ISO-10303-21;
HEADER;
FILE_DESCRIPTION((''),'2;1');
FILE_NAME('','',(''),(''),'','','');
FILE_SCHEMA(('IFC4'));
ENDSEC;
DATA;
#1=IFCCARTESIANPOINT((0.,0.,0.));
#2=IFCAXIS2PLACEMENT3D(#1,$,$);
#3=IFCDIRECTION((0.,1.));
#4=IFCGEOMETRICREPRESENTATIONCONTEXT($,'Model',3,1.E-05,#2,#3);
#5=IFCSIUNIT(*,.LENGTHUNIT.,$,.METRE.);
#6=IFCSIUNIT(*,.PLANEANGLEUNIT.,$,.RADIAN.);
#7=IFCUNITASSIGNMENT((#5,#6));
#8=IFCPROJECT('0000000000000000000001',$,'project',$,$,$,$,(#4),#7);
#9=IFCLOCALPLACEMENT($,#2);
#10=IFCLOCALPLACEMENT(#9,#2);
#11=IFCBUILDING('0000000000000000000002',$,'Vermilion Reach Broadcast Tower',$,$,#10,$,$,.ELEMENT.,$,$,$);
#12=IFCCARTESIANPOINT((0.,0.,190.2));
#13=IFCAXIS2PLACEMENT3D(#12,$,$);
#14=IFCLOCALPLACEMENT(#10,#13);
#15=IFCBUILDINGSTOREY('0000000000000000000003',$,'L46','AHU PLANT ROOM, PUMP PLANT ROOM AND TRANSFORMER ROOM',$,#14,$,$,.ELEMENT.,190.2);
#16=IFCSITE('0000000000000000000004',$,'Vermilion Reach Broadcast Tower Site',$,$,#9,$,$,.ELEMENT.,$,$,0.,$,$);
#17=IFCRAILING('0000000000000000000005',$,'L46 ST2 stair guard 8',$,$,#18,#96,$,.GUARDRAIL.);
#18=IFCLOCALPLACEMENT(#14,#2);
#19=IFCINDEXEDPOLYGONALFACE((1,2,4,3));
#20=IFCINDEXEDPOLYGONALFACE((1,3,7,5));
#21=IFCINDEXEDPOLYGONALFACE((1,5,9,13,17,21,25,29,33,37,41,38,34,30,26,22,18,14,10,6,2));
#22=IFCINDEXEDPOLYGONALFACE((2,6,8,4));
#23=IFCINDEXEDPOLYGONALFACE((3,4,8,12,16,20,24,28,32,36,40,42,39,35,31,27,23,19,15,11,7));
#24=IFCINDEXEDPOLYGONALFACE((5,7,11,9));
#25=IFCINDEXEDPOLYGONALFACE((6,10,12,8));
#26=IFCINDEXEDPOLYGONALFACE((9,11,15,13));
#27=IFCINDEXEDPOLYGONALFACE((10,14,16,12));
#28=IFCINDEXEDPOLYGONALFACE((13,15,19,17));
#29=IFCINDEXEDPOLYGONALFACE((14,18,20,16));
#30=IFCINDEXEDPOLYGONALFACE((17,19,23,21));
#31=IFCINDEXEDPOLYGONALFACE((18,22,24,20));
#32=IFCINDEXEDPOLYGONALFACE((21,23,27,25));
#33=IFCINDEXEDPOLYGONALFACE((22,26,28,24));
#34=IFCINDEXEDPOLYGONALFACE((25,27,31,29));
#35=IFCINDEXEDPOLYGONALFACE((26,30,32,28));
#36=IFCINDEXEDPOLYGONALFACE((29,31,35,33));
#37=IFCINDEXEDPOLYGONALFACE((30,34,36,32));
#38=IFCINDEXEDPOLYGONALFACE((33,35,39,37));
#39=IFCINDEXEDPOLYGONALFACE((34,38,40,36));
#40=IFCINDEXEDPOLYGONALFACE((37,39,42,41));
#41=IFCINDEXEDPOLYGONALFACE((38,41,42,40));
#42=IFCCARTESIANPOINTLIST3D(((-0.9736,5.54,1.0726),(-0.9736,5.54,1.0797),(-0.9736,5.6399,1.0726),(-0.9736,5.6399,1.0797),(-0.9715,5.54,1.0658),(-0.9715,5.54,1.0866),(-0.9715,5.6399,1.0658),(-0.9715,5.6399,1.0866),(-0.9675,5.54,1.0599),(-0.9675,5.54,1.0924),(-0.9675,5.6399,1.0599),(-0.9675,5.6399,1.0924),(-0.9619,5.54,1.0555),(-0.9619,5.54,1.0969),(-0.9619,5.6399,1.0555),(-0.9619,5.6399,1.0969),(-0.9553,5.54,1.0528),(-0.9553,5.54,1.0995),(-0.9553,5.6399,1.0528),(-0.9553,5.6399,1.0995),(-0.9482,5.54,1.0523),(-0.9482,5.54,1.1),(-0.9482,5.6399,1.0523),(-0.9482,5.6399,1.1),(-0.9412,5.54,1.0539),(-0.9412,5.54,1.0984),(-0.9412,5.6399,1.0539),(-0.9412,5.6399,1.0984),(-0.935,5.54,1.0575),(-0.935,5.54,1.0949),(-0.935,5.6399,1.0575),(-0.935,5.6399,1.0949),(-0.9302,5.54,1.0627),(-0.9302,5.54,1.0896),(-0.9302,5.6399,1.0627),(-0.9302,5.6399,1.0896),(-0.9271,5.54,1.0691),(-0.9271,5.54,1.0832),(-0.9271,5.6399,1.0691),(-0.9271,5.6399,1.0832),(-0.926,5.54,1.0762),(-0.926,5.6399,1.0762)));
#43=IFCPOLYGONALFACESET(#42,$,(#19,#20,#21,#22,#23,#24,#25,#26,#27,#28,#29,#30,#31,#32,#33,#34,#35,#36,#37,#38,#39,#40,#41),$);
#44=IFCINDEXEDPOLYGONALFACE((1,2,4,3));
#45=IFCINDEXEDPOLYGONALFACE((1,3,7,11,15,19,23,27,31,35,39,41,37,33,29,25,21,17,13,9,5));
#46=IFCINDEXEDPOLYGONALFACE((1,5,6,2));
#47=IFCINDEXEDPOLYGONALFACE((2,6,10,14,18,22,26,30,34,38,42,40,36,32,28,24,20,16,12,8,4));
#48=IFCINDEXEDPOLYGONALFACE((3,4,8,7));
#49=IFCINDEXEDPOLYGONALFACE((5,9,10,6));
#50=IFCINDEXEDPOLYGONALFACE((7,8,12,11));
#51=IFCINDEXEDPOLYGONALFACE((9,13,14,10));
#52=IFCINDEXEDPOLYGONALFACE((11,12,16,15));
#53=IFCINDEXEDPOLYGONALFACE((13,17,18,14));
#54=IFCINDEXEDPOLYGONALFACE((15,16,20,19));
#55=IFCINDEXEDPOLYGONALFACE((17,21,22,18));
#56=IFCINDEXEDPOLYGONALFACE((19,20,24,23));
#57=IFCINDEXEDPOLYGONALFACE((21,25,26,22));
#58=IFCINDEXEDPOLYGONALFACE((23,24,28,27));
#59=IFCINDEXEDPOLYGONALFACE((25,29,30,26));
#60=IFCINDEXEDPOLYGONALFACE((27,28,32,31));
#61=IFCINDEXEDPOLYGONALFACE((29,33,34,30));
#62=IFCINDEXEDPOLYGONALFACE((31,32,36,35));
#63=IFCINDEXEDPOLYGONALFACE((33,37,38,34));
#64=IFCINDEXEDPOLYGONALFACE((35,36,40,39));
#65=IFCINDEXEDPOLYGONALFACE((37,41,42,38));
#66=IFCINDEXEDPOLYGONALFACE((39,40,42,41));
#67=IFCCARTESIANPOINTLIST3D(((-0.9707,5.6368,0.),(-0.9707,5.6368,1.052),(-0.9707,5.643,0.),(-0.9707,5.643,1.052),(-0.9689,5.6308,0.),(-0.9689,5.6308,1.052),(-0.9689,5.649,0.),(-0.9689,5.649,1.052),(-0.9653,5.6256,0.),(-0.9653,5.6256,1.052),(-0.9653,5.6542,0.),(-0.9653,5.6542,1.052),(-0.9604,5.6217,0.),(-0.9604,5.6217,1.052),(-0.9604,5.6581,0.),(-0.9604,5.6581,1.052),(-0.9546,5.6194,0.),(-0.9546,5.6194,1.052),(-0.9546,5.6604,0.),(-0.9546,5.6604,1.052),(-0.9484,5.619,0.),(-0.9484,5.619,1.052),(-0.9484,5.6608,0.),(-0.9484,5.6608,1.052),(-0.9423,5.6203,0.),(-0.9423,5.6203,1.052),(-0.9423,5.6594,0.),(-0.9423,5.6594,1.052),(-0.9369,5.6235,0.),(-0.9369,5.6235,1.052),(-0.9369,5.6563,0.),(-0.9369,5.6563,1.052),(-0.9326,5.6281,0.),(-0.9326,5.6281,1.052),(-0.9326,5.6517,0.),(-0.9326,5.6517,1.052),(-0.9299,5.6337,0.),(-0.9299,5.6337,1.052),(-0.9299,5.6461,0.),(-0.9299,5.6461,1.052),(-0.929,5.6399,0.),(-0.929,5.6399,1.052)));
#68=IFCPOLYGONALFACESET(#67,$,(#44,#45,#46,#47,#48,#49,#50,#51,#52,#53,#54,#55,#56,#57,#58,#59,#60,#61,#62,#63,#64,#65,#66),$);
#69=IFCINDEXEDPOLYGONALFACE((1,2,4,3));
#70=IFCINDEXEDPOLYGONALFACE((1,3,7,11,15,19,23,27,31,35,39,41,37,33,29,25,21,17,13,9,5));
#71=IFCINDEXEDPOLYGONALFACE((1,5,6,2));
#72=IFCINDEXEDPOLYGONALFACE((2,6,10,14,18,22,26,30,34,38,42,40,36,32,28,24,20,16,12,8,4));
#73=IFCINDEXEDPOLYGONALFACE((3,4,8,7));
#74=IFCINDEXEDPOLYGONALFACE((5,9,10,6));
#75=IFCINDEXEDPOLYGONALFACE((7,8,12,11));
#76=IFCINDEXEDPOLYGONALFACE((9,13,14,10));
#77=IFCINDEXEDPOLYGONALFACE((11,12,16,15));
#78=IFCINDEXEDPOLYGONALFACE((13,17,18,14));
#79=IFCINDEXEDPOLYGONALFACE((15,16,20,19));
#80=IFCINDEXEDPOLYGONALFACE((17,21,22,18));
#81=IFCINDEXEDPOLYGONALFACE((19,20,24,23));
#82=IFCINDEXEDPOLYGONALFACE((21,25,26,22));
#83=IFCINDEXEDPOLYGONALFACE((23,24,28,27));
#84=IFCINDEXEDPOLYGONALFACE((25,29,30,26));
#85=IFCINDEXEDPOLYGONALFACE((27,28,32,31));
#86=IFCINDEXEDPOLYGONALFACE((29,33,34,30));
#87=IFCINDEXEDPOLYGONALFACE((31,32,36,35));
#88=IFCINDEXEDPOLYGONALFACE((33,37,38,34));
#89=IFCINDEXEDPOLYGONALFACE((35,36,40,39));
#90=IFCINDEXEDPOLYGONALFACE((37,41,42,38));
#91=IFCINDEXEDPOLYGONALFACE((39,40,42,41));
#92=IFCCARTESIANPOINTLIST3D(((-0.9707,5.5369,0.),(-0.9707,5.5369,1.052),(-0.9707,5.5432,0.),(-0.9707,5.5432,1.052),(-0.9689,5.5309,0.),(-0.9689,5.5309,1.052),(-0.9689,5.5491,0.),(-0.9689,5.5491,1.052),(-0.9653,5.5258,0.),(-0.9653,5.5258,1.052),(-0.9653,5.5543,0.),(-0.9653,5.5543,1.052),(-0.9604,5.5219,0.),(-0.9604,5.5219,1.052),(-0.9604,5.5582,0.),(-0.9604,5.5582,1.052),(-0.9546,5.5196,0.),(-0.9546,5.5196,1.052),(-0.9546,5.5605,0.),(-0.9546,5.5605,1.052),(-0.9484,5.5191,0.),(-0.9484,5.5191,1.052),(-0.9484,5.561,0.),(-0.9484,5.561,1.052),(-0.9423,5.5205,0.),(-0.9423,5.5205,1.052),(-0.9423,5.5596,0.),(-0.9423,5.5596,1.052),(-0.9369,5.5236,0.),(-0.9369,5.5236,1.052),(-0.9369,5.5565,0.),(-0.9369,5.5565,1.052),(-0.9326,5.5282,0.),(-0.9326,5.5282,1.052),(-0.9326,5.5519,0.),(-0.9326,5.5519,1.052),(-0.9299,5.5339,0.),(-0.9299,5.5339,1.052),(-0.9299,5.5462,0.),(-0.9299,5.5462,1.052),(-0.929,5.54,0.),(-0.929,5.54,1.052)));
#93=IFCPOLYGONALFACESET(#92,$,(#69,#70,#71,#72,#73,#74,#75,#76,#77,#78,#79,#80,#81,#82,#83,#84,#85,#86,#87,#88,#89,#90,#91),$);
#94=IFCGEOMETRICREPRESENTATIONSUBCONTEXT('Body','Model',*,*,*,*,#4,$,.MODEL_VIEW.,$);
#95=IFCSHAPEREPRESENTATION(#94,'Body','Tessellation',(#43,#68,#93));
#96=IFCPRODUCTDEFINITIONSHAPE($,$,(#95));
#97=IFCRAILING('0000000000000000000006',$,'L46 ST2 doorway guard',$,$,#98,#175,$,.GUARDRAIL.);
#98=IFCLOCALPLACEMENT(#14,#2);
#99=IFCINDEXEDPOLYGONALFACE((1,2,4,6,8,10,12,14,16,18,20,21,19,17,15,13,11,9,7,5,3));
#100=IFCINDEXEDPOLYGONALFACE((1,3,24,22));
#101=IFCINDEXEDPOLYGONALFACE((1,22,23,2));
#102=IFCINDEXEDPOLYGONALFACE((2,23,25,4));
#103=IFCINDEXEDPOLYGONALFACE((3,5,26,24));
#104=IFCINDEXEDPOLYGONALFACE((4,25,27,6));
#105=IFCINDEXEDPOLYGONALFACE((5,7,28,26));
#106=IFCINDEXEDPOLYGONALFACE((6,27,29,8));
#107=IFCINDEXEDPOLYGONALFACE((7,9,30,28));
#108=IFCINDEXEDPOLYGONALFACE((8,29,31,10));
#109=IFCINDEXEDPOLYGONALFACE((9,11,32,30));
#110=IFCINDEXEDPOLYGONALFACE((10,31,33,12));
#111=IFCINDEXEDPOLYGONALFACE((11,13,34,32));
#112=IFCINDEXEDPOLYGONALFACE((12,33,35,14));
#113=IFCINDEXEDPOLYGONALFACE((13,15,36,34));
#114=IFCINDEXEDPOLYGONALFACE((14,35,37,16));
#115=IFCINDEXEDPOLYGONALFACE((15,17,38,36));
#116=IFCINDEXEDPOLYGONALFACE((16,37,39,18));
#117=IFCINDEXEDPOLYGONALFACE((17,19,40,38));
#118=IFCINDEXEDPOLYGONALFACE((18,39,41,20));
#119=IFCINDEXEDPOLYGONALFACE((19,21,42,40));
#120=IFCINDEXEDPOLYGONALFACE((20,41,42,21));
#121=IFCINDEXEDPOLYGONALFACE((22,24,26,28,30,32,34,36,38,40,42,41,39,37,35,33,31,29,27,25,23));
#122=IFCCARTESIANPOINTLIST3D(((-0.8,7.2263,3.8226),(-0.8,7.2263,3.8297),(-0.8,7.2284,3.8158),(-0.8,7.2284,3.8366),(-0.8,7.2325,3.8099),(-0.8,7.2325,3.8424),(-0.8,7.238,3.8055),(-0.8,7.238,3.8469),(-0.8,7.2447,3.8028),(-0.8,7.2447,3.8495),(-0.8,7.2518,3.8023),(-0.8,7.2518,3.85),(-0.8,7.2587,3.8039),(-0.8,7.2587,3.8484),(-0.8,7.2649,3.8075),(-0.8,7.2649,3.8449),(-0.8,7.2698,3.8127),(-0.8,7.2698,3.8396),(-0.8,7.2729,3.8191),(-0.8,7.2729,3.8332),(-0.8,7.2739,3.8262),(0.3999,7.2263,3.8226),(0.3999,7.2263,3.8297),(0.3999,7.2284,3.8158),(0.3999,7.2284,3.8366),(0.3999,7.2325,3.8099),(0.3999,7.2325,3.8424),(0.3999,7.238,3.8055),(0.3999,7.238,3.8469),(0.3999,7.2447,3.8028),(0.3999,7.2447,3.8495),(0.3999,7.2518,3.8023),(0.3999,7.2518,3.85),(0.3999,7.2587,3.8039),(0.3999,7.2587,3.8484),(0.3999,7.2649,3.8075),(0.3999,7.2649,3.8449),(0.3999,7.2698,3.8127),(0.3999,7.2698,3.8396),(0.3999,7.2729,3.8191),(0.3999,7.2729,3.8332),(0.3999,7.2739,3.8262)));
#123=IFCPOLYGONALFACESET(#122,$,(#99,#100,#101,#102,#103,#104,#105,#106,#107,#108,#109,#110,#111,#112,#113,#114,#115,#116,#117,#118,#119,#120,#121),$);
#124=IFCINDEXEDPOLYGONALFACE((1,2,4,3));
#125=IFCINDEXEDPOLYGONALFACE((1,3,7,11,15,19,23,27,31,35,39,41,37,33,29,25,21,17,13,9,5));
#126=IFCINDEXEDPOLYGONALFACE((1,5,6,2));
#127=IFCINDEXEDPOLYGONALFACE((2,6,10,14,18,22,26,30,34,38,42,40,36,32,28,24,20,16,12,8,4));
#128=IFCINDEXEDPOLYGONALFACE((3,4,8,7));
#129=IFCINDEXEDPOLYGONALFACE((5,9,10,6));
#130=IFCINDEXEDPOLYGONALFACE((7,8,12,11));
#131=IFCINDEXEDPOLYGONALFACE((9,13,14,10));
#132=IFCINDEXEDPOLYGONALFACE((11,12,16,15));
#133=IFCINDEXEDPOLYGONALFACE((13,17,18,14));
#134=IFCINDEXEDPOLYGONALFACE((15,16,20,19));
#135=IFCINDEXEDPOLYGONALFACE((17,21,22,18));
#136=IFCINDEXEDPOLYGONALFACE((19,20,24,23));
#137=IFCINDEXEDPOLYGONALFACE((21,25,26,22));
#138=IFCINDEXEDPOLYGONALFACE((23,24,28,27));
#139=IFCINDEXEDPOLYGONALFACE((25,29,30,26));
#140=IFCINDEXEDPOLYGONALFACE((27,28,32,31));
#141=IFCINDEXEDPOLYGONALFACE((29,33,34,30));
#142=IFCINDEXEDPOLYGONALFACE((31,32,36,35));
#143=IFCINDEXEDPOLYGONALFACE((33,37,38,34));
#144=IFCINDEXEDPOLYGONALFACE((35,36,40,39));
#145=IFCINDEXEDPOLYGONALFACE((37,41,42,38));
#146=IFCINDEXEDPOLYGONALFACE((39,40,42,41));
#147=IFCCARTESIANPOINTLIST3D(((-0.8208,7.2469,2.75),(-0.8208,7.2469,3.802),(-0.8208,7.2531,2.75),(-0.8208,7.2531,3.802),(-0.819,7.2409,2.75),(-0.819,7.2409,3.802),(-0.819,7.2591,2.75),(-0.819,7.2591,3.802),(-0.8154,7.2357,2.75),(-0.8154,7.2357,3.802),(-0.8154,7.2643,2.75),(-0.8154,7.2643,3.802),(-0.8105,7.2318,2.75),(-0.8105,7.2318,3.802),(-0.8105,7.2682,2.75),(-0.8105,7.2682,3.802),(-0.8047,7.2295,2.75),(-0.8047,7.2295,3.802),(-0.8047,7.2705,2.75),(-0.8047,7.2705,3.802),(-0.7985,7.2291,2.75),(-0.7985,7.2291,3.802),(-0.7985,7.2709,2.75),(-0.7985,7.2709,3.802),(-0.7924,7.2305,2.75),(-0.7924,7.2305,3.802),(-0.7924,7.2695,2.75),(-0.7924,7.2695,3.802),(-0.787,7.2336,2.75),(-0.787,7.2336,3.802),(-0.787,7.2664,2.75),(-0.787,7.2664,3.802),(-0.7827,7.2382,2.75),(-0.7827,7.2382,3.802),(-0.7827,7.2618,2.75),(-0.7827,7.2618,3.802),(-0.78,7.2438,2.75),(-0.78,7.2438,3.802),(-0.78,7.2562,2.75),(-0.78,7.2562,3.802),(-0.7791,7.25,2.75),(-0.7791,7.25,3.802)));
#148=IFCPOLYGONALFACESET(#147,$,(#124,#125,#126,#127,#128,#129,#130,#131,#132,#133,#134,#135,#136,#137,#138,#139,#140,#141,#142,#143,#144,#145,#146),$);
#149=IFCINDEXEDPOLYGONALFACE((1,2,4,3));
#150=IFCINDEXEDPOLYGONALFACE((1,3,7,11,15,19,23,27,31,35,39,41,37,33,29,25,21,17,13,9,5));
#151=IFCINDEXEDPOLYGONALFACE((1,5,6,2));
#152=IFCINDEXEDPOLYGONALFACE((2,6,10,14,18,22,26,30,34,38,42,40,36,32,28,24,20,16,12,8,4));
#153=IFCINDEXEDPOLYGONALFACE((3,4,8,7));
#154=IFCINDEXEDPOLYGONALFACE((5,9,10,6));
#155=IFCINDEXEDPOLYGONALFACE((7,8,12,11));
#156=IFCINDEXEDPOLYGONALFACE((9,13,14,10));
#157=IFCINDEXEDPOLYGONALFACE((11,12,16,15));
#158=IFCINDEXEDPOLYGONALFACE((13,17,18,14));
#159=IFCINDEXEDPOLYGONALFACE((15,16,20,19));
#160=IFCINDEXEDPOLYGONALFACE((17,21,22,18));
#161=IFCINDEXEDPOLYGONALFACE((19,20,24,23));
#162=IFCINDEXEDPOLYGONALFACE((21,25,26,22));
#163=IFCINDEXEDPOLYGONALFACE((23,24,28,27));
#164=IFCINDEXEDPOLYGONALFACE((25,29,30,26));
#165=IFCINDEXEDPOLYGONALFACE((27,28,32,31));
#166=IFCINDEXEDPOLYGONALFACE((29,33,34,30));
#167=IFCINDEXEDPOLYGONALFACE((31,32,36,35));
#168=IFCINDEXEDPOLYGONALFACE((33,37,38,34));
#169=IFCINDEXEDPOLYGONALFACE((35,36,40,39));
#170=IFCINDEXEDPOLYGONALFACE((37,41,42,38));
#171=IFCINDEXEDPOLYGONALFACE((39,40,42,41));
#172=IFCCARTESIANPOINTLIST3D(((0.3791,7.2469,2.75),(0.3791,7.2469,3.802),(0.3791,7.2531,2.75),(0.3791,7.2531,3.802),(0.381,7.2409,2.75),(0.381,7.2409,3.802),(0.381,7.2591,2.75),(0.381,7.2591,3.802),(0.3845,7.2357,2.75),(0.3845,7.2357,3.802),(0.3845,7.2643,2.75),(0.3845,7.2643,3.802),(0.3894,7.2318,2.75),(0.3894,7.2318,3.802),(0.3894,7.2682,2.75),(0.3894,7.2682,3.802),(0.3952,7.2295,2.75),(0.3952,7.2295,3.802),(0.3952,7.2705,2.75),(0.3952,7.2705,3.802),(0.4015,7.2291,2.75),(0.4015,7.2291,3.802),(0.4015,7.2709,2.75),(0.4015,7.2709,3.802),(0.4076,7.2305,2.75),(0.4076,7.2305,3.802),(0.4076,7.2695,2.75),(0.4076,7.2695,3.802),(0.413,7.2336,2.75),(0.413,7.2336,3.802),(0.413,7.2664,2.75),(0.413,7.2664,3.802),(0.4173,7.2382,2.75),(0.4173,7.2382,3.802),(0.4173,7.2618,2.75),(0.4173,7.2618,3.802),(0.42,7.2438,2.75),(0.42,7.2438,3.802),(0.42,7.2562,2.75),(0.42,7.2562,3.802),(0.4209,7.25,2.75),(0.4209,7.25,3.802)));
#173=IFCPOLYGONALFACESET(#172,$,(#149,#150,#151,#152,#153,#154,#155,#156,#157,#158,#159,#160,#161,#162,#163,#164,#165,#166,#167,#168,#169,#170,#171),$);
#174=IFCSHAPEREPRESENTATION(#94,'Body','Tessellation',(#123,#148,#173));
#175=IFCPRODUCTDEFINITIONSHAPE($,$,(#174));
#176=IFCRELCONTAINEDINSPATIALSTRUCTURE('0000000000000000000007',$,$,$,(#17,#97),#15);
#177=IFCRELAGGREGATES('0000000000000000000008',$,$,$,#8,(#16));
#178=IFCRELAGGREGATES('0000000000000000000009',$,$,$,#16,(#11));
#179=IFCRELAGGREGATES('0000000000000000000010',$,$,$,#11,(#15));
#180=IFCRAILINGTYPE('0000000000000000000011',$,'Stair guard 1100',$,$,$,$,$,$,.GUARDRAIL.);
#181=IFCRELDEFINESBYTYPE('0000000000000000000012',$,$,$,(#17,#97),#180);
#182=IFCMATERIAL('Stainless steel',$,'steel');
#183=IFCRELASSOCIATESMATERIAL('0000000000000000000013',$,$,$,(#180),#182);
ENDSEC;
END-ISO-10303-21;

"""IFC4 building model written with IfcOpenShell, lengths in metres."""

from ifc_helpers import new_model, si_unit, direction, frame, origin, origin_2d, place, context, subcontext, project, spatial, circle, extrude, material, type_object, element, save


model = new_model("IFC4")

# Units and contexts
model_context = context("Model", 3, precision=1e-05, world=origin(), true_north=direction((0.0, 1.0)))
body_context = subcontext(model_context, "Body", "Model", "MODEL_VIEW")
ifc_project = project(units=[si_unit("LENGTHUNIT", "METRE"), si_unit("PLANEANGLEUNIT", "RADIAN")], contexts=[model_context])

# Site, building, storey
site_placement = place(None, origin())
site = spatial("IfcSite", under=ifc_project, at=site_placement, Name="Vermilion Reach Broadcast Tower Site", CompositionType="ELEMENT", RefElevation=0.0)
building_placement = place(site_placement, origin())
building = spatial("IfcBuilding", under=site, at=building_placement, Name="Vermilion Reach Broadcast Tower", CompositionType="ELEMENT")
storey_placement = place(building_placement, frame((0.0, 0.0, 190.2)))
storey = spatial("IfcBuildingStorey", under=building, at=storey_placement, Name="L46", Description="AHU PLANT ROOM, PUMP PLANT ROOM AND TRANSFORMER ROOM", CompositionType="ELEMENT", Elevation=190.2)

# Railings
ifc_material_1 = material(Name="Stainless steel", Category="steel")
railing_type_1 = type_object("IfcRailingType", Name="Stair guard 1100", PredefinedType="GUARDRAIL", material=ifc_material_1)
railing_1_placement = place(storey_placement, frame((-0.95, 5.6399, 0.0)))
element("IfcRailing", 1, at=railing_1_placement, inside=storey, type_object=railing_type_1, Name="L46 ST2 stair guard 8", PredefinedType="GUARDRAIL", context=body_context, shape_type="SweptSolid", body=[
    extrude(circle(Radius=0.0239, at=origin_2d()), frame((0.0, 0.0, 1.0762), z_axis=(0.0, -1.0, 0.0), x_axis=(1.0, 0.0, 0.0)), (0.0, 0.0, 1.0), 0.0999),
    extrude(circle(Radius=0.021, at=origin_2d()), origin(), (0.0, 0.0, 1.0), 1.052),
    extrude(circle(Radius=0.021, at=origin_2d()), frame((0.0, -0.0999, 0.0)), (0.0, 0.0, 1.0), 1.052),
])
railing_2_placement = place(storey_placement, frame((-0.8, 7.25, 2.75)))
element("IfcRailing", 2, at=railing_2_placement, inside=storey, type_object=railing_type_1, Name="L46 ST2 doorway guard", PredefinedType="GUARDRAIL", context=body_context, shape_type="SweptSolid", body=[
    extrude(circle(Radius=0.0239, at=origin_2d()), frame((0.0, 0.0, 1.0762), z_axis=(1.0, 0.0, 0.0), x_axis=(0.0, 1.0, 0.0)), (0.0, 0.0, 1.0), 1.2),
    extrude(circle(Radius=0.021, at=origin_2d()), origin(), (0.0, 0.0, 1.0), 1.052),
    extrude(circle(Radius=0.021, at=origin_2d()), frame((1.2, 0.0, 0.0)), (0.0, 0.0, 1.0), 1.052),
])

save(model, "model.ifc")
